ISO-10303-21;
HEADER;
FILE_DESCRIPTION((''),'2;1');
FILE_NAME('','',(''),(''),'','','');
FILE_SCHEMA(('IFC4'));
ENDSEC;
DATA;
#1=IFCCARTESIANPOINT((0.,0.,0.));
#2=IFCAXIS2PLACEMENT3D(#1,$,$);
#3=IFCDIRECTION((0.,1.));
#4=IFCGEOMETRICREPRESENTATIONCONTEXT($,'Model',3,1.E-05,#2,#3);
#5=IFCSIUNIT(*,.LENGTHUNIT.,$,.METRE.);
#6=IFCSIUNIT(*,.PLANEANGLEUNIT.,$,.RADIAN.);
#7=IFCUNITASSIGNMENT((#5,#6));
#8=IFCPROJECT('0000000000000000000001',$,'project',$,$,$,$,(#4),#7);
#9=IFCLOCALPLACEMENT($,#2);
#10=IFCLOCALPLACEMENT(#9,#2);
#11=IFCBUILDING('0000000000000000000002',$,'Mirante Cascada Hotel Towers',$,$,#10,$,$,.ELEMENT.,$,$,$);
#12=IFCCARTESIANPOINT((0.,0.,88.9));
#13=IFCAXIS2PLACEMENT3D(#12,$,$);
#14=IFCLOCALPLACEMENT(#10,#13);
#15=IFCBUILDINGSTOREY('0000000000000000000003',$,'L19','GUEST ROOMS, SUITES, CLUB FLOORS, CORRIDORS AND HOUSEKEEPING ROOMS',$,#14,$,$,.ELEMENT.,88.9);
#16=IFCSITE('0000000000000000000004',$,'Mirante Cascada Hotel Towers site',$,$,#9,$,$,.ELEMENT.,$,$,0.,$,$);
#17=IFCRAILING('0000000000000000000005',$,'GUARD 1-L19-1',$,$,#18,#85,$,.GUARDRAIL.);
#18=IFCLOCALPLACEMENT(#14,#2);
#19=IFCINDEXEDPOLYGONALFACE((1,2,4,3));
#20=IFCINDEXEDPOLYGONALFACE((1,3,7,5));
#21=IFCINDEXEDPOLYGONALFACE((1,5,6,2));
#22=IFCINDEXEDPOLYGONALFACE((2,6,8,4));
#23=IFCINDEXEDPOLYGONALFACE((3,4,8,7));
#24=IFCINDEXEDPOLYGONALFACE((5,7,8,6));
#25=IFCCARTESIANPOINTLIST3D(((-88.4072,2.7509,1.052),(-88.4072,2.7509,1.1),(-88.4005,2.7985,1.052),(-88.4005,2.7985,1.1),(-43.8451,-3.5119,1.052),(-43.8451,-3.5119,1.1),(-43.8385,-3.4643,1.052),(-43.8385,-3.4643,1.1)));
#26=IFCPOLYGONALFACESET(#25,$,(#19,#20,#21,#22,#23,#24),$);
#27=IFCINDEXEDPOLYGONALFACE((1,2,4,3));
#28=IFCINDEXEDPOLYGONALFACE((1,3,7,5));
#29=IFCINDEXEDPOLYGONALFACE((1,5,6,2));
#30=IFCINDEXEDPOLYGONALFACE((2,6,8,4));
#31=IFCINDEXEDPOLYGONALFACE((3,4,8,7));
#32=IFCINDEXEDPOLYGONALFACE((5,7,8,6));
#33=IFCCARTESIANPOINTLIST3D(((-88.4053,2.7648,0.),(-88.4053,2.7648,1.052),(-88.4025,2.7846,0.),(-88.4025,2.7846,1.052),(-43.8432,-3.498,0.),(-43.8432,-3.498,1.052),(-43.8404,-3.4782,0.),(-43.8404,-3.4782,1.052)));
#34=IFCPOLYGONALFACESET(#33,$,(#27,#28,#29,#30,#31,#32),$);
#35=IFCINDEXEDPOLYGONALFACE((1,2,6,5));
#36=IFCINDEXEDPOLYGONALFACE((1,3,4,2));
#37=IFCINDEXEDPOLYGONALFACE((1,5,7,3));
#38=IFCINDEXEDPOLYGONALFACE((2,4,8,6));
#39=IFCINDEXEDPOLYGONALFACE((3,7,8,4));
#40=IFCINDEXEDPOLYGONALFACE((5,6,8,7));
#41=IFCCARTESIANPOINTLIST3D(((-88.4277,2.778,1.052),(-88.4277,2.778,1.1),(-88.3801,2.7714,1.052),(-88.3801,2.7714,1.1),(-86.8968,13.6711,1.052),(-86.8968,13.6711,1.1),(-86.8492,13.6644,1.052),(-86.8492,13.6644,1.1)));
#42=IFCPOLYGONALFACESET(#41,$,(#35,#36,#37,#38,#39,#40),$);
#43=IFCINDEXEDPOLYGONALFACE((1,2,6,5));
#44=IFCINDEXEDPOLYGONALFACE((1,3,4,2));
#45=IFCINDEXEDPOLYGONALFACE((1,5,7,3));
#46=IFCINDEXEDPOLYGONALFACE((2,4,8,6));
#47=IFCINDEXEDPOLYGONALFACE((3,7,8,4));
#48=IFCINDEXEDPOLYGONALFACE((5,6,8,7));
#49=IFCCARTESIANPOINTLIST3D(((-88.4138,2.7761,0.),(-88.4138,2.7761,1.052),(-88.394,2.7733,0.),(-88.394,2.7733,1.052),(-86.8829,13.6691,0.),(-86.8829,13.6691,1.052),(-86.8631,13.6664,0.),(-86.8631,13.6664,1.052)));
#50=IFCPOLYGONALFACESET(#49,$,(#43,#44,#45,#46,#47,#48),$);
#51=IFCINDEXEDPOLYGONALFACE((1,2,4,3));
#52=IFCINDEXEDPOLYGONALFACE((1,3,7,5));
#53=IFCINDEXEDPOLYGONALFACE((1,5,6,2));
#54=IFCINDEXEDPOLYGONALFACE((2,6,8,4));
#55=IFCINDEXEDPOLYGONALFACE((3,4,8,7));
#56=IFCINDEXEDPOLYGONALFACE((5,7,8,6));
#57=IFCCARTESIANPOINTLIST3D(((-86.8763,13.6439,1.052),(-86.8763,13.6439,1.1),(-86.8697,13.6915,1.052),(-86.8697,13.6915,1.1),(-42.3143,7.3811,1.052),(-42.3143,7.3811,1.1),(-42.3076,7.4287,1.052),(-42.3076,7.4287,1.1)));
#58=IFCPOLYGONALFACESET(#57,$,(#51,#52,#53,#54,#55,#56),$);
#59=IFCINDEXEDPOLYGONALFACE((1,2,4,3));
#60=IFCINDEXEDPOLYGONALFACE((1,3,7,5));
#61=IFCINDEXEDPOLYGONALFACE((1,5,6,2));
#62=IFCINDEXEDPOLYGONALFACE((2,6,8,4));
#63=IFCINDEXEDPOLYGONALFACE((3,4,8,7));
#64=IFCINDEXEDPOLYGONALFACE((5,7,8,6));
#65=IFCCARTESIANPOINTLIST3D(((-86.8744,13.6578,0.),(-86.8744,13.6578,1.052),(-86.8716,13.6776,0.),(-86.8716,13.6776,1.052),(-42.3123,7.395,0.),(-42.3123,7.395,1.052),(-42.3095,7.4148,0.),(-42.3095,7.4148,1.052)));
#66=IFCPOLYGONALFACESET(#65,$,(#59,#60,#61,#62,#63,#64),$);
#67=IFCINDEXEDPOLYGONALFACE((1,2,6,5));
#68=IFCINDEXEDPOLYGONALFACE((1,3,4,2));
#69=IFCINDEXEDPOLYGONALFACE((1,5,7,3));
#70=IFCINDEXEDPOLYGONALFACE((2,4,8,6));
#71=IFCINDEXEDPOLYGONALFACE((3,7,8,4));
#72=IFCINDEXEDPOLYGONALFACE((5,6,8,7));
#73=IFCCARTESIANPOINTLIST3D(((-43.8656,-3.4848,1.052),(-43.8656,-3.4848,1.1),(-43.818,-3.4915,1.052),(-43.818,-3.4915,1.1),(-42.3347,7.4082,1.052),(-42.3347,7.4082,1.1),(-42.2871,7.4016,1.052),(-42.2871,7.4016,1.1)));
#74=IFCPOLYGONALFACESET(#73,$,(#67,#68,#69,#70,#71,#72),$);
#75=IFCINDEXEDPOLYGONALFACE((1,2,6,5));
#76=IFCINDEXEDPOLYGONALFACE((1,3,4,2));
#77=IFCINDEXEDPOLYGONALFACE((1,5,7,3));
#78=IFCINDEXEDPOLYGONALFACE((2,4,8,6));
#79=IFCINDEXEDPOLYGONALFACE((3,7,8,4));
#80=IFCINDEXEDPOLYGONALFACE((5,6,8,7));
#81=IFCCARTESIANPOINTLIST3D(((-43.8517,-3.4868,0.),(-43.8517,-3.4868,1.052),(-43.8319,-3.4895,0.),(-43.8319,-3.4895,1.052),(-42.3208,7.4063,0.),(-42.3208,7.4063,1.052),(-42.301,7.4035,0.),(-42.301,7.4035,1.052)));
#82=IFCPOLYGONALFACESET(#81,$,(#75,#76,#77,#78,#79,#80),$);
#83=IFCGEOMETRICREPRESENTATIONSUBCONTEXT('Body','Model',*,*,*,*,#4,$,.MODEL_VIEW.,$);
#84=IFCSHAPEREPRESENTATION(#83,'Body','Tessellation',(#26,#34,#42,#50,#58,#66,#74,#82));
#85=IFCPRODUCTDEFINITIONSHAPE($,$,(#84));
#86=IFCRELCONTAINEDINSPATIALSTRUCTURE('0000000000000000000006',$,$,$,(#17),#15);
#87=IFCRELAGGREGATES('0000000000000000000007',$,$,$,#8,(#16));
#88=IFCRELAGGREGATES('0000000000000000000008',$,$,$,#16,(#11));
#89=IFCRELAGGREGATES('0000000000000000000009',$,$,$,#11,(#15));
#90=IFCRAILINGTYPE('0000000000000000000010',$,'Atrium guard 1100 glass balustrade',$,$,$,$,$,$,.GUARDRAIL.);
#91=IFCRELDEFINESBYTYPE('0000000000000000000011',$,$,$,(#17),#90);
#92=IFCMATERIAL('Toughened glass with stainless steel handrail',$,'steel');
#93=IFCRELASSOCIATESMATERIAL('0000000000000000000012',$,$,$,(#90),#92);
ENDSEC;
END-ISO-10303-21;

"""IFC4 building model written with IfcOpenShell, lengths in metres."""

from ifc_helpers import new_model, si_unit, direction, frame, origin, origin_2d, place, context, subcontext, project, spatial, rectangle, extrude, material, type_object, element, save


model = new_model("IFC4")

# Units and contexts
model_context = context("Model", 3, precision=1e-05, world=origin(), true_north=direction((0.0, 1.0)))
body_context = subcontext(model_context, "Body", "Model", "MODEL_VIEW")
ifc_project = project(units=[si_unit("LENGTHUNIT", "METRE"), si_unit("PLANEANGLEUNIT", "RADIAN")], contexts=[model_context])

# Site, building, storey
site_placement = place(None, origin())
site = spatial("IfcSite", under=ifc_project, at=site_placement, Name="Mirante Cascada Hotel Towers site", CompositionType="ELEMENT", RefElevation=0.0)
building_placement = place(site_placement, origin())
building = spatial("IfcBuilding", under=site, at=building_placement, Name="Mirante Cascada Hotel Towers", CompositionType="ELEMENT")
storey_placement = place(building_placement, frame((0.0, 0.0, 88.9)))
storey = spatial("IfcBuildingStorey", under=building, at=storey_placement, Name="L19", Description="GUEST ROOMS, SUITES, CLUB FLOORS, CORRIDORS AND HOUSEKEEPING ROOMS", CompositionType="ELEMENT", Elevation=88.9)

# Railing
ifc_material_1 = material(Name="Toughened glass with stainless steel handrail", Category="steel")
railing_type = type_object("IfcRailingType", Name="Atrium guard 1100 glass balustrade", PredefinedType="GUARDRAIL", material=ifc_material_1)
railing_placement = place(storey_placement, frame((-43.8418, -3.4881, 0.0)))
element("IfcRailing", 1, at=railing_placement, inside=storey, type_object=railing_type, Name="GUARD 1-L19-1", PredefinedType="GUARDRAIL", context=body_context, shape_type="SweptSolid", body=[
    extrude(rectangle(XDim=0.048, YDim=0.048, at=origin_2d()), frame((0.0, 0.0, 1.076), z_axis=(-0.990268, 0.139173, 0.0), x_axis=(-0.139173, -0.990268, 0.0)), (0.0, 0.0, 1.0), 45.0),
    extrude(rectangle(XDim=0.02, YDim=1.052, at=origin_2d()), frame((0.0, 0.0, 0.526), z_axis=(-0.990268, 0.139173, 0.0), x_axis=(-0.139173, -0.990268, 0.0)), (0.0, 0.0, 1.0), 45.0),
    extrude(rectangle(XDim=0.048, YDim=0.048, at=origin_2d()), frame((-44.5621, 6.2628, 1.076), z_axis=(0.139172, 0.990268, 0.0), x_axis=(-0.990268, 0.139172, 0.0)), (0.0, 0.0, 1.0), 11.0001),
    extrude(rectangle(XDim=0.02, YDim=1.052, at=origin_2d()), frame((-44.5621, 6.2628, 0.526), z_axis=(0.139172, 0.990268, 0.0), x_axis=(-0.990268, 0.139172, 0.0)), (0.0, 0.0, 1.0), 11.0001),
    extrude(rectangle(XDim=0.048, YDim=0.048, at=origin_2d()), frame((-43.0312, 17.1558, 1.076), z_axis=(0.990268, -0.139173, 0.0), x_axis=(0.139173, 0.990268, 0.0)), (0.0, 0.0, 1.0), 45.0),
    extrude(rectangle(XDim=0.02, YDim=1.052, at=origin_2d()), frame((-43.0312, 17.1558, 0.526), z_axis=(0.990268, -0.139173, 0.0), x_axis=(0.139173, 0.990268, 0.0)), (0.0, 0.0, 1.0), 45.0),
    extrude(rectangle(XDim=0.048, YDim=0.048, at=origin_2d()), frame((1.5309, 10.893, 1.076), z_axis=(-0.139172, -0.990268, 0.0), x_axis=(0.990268, -0.139172, 0.0)), (0.0, 0.0, 1.0), 11.0001),
    extrude(rectangle(XDim=0.02, YDim=1.052, at=origin_2d()), frame((1.5309, 10.893, 0.526), z_axis=(-0.139172, -0.990268, 0.0), x_axis=(0.990268, -0.139172, 0.0)), (0.0, 0.0, 1.0), 11.0001),
])

save(model, "model.ifc")
